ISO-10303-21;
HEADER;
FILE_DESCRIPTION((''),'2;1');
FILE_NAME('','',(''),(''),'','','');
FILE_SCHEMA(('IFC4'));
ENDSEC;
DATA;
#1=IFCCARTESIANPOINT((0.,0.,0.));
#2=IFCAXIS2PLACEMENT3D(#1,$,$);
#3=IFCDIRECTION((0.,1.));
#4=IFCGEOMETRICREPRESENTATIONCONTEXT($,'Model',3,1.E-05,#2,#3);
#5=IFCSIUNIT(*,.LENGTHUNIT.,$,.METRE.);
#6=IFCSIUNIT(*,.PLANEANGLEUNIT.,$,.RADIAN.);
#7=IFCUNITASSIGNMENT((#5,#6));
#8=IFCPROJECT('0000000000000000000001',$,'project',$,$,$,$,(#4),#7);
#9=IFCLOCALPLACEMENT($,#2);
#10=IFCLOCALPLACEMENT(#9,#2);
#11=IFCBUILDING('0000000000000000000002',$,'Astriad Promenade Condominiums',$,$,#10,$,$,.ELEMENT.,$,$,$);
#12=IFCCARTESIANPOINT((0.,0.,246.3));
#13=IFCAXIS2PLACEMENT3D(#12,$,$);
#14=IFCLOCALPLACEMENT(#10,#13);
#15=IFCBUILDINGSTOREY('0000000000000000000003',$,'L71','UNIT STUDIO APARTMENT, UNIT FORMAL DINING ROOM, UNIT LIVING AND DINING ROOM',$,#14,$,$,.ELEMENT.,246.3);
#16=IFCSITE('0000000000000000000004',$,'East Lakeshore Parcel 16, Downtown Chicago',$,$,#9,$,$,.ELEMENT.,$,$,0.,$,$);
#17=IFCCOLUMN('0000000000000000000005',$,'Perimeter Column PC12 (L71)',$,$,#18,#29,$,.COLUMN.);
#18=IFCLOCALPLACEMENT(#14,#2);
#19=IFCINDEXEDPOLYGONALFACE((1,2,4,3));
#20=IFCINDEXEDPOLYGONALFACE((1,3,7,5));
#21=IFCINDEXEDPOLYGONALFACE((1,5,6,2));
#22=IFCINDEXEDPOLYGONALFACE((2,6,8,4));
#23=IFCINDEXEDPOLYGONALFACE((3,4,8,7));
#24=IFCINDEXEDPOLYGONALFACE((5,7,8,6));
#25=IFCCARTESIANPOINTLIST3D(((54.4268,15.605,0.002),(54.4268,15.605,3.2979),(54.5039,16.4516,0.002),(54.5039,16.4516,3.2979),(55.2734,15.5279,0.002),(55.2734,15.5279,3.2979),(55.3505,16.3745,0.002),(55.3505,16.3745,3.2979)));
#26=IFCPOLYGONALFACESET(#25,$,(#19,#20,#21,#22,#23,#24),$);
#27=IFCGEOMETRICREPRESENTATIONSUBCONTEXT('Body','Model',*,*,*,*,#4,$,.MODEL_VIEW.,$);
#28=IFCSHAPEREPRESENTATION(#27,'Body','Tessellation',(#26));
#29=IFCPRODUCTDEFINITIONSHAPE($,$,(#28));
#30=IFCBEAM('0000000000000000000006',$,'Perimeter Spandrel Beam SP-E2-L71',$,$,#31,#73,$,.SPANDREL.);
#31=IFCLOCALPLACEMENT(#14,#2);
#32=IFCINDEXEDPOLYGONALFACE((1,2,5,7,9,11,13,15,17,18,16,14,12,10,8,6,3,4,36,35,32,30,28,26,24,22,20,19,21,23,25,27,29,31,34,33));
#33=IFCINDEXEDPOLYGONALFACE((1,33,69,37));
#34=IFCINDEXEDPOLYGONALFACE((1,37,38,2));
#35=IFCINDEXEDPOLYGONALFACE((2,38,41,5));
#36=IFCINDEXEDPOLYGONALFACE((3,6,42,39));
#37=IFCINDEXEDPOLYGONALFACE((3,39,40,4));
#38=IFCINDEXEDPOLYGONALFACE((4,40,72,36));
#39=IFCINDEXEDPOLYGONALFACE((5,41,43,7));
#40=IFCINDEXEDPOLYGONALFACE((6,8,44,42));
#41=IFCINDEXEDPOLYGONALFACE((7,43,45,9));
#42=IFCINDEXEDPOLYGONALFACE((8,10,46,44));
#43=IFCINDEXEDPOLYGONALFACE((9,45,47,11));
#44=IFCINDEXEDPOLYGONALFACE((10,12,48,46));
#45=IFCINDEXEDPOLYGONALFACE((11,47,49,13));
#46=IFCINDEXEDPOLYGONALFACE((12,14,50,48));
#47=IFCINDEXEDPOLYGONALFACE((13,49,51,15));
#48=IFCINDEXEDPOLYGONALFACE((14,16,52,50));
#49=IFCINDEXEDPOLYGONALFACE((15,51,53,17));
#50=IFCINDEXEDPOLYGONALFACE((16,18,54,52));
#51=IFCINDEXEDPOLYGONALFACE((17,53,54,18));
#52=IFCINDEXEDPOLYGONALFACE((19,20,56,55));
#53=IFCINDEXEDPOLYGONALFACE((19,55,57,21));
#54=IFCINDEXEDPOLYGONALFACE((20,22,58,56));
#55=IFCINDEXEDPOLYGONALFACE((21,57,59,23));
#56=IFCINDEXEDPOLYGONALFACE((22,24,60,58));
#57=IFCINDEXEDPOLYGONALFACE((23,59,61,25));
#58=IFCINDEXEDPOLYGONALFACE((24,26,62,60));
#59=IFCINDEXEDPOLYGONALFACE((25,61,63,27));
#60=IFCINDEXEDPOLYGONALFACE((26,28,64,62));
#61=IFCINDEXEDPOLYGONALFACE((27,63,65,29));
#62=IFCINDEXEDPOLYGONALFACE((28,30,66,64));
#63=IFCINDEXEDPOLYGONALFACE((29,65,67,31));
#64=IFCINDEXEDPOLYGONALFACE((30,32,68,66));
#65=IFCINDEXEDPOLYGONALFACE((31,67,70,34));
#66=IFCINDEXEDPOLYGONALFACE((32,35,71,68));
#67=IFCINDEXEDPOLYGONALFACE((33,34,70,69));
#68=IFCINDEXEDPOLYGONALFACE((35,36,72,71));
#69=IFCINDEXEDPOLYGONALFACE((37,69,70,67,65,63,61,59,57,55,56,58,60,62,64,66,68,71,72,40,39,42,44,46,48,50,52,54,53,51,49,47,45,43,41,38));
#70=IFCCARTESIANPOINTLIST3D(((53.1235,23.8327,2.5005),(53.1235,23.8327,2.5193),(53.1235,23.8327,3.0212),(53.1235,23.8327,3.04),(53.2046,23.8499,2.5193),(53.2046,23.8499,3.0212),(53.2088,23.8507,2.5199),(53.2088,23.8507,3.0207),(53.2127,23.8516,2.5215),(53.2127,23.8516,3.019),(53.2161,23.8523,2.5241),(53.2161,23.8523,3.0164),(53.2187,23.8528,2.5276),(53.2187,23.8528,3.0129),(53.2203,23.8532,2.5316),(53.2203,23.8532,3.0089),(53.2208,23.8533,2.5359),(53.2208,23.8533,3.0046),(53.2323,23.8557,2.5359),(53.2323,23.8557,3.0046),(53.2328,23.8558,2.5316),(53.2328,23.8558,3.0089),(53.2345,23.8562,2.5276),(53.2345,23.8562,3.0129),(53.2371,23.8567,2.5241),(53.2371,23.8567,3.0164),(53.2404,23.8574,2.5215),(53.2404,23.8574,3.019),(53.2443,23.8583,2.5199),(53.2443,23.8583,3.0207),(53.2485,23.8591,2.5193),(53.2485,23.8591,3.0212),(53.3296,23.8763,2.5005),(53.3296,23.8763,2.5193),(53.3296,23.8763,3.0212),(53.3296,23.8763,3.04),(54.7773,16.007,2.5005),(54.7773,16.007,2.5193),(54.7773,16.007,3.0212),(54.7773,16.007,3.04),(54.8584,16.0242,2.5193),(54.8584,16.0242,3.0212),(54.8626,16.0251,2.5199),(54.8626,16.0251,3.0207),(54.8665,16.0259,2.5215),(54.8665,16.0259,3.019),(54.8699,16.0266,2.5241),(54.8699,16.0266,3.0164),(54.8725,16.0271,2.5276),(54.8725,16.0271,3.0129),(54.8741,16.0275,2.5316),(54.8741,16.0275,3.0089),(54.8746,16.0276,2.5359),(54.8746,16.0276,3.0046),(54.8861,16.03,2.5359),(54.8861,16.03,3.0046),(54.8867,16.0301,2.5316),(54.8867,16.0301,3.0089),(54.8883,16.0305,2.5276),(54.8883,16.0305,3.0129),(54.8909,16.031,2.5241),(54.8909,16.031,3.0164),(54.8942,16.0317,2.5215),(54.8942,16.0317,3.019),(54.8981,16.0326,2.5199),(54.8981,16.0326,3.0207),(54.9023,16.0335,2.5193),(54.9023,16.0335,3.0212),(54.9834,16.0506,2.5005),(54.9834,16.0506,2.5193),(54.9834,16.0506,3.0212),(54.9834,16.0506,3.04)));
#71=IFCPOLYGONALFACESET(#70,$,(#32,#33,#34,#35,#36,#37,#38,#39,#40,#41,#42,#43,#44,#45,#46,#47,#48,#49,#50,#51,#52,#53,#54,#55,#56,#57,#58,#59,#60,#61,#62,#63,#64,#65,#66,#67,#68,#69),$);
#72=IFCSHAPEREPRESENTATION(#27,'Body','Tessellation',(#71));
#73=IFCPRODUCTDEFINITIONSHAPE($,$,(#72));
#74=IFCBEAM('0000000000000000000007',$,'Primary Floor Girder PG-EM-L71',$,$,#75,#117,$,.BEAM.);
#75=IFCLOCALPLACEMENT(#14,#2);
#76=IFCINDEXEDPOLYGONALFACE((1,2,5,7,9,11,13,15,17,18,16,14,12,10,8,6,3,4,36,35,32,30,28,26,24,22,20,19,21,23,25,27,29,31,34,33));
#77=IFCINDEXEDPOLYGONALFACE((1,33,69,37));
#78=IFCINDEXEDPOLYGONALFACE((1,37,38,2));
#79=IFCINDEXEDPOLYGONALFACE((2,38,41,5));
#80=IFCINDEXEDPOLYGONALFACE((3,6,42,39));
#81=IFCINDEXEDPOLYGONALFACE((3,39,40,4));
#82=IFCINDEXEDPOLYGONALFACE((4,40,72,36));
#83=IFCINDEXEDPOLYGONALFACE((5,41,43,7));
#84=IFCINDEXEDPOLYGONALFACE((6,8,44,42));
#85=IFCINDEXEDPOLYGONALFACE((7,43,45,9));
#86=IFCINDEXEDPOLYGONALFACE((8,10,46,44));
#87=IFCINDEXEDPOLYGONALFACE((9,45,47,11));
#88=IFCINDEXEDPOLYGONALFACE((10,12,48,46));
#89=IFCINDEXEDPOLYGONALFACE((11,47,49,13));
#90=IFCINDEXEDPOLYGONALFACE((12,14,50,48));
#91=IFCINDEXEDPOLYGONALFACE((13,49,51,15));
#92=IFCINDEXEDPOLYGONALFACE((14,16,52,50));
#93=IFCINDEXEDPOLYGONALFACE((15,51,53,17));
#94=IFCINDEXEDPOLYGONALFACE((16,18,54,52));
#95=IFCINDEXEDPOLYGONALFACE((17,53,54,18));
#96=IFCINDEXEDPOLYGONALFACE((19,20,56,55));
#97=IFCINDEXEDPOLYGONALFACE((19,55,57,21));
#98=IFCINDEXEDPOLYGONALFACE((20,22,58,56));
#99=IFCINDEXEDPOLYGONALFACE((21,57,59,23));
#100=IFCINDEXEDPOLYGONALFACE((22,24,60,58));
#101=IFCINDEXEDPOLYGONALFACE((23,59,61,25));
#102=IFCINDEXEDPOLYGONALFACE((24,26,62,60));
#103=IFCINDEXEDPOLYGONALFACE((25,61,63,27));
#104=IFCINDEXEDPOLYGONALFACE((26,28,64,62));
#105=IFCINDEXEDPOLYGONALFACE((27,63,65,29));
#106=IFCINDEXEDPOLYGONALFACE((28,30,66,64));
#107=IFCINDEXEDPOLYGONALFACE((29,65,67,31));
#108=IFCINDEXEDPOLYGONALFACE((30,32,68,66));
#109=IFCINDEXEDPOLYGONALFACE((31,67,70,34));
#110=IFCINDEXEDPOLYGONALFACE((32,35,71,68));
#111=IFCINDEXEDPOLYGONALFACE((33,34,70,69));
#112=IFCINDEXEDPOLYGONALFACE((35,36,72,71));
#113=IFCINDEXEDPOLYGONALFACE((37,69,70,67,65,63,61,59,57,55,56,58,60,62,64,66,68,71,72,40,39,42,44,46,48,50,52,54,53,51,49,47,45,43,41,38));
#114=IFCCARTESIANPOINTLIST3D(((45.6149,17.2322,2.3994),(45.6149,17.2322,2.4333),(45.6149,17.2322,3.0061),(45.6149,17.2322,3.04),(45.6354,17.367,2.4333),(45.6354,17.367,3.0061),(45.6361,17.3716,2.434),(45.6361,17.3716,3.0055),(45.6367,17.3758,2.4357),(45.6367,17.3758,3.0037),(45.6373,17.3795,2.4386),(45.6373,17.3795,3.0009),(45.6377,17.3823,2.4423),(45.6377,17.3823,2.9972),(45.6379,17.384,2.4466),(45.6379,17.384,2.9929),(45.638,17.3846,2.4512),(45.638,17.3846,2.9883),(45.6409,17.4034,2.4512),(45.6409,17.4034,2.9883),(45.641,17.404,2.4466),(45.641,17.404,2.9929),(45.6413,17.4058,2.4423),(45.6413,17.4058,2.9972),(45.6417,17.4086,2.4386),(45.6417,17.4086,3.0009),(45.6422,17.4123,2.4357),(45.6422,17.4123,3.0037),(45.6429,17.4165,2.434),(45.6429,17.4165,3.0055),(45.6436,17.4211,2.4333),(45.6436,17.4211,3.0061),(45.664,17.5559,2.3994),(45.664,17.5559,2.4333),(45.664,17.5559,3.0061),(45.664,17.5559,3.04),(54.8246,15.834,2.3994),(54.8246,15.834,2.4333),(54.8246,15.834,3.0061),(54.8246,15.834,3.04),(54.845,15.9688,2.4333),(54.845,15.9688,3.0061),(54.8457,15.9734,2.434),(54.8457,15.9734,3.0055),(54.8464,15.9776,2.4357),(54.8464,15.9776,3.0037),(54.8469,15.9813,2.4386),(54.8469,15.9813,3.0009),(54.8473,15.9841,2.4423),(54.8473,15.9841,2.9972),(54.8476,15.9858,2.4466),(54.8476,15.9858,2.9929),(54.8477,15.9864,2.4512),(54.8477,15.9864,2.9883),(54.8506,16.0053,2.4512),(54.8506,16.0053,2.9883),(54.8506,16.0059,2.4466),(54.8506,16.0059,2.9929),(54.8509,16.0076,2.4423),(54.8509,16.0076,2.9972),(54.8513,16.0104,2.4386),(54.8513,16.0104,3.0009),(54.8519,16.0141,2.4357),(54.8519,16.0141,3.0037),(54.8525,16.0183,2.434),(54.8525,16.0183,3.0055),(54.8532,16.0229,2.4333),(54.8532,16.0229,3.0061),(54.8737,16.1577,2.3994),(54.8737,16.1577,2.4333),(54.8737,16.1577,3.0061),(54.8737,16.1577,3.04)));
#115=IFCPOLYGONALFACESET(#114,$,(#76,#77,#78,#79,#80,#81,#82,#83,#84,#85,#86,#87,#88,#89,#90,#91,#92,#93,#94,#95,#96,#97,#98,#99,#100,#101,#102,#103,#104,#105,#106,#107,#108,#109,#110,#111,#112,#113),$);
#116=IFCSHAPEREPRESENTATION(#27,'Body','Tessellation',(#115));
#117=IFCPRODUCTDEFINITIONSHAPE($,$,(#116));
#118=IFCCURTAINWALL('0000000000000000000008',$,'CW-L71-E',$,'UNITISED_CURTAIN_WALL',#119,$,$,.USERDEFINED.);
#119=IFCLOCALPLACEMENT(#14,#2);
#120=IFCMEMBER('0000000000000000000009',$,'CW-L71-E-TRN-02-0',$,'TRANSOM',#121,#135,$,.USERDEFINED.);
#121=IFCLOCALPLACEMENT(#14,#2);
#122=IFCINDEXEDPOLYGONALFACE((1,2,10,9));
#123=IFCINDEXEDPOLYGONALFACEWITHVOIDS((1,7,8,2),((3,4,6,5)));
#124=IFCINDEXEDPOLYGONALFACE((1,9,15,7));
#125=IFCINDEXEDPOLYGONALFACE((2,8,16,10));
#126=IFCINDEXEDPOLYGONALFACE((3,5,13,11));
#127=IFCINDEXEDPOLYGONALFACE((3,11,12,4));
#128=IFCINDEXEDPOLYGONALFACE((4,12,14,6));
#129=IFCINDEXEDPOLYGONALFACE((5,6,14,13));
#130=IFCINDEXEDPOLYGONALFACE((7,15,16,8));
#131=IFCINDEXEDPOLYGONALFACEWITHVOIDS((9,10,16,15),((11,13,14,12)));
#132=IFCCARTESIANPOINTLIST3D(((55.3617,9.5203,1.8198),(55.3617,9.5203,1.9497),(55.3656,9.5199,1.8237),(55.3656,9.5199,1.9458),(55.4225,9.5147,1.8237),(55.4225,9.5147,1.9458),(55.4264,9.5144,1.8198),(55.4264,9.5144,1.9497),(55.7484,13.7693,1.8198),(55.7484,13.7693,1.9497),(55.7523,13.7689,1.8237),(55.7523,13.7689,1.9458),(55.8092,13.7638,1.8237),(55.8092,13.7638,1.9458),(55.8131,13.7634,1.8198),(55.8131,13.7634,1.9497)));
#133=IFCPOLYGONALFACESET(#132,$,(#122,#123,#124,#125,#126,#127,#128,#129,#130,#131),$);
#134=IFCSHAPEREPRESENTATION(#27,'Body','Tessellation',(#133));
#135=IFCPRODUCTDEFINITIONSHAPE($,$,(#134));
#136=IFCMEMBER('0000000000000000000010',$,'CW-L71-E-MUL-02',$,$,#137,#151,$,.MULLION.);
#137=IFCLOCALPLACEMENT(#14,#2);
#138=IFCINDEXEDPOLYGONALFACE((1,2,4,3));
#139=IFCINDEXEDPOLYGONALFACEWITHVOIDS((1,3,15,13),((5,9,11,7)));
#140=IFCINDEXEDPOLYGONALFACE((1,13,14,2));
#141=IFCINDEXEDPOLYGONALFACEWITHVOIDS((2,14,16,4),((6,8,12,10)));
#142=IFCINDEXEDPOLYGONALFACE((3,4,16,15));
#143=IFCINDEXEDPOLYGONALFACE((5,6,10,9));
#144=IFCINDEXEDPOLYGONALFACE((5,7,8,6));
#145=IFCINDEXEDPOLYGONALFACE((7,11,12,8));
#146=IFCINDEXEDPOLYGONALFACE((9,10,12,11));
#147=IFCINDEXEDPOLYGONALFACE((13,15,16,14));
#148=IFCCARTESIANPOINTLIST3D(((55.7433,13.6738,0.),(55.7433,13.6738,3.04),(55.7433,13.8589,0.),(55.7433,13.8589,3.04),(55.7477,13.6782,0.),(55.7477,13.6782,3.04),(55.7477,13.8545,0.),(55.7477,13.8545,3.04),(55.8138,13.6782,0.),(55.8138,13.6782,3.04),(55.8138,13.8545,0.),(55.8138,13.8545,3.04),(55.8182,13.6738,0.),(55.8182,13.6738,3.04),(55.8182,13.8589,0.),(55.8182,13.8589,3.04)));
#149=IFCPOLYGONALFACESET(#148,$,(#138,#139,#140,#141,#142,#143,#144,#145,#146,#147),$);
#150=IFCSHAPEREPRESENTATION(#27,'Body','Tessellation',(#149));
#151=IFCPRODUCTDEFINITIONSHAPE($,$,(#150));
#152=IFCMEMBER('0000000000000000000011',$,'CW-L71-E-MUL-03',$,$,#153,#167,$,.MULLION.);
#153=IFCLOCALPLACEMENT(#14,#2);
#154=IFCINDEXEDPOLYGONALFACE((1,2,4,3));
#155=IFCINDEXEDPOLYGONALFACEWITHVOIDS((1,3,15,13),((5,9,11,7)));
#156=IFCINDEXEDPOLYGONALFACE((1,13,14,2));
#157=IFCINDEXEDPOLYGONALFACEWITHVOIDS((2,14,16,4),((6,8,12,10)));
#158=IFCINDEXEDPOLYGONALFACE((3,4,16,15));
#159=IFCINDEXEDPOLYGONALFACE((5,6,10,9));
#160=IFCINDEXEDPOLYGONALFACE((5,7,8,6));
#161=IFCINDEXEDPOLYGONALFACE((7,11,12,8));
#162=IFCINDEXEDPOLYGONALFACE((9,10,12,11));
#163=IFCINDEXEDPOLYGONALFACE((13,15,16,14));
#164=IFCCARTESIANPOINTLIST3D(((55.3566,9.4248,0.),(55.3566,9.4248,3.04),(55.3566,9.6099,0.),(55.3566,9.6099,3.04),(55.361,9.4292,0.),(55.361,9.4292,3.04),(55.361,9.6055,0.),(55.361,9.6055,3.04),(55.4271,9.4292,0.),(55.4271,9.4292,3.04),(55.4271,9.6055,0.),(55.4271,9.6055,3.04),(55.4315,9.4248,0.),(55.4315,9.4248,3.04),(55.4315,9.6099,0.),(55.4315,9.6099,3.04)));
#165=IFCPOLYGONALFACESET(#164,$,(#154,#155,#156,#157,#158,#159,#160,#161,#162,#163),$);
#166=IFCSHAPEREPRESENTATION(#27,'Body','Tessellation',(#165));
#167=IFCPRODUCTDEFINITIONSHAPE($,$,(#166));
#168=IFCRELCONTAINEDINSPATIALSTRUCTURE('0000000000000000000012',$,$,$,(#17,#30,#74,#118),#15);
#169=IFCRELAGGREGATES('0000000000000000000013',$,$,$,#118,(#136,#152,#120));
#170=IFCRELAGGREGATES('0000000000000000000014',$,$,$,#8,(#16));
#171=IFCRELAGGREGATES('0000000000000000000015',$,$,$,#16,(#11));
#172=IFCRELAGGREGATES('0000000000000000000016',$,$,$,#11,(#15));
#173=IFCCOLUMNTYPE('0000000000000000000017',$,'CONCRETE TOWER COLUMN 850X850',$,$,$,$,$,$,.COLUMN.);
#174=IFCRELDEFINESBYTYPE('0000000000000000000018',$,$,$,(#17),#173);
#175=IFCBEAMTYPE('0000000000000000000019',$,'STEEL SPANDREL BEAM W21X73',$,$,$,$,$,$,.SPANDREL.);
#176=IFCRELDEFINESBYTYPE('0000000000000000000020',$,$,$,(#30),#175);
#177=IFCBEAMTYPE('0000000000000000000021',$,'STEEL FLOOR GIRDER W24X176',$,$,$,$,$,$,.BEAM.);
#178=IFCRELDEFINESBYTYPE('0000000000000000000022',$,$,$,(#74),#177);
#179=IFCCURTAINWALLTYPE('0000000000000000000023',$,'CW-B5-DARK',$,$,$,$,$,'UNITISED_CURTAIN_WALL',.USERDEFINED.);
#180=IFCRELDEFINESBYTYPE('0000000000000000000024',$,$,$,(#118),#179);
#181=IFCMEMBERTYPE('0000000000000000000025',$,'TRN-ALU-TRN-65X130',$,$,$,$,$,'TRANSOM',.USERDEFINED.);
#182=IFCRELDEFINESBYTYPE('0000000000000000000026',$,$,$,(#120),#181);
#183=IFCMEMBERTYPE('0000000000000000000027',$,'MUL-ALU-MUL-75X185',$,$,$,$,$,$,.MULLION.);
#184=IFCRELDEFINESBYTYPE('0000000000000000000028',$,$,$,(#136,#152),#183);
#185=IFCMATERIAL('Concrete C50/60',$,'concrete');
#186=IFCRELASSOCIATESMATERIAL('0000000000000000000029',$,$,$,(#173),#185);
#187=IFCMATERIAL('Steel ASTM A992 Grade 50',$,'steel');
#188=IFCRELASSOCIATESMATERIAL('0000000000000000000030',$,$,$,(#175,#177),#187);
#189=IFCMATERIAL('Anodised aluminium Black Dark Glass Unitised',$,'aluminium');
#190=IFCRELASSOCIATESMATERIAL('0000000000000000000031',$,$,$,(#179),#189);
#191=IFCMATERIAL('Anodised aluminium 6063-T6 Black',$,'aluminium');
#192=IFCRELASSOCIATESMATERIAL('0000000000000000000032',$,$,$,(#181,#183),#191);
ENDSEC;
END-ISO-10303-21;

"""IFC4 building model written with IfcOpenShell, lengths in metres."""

from ifc_helpers import new_model, si_unit, direction, frame, origin, origin_2d, place, context, subcontext, project, spatial, rectangle, hollow_rectangle, i_section, extrude, source, transform, mapped, material, material_profile, profile_set, type_object, type_shapes, element, aggregate, save


model = new_model("IFC4")

# Units and contexts
model_context = context("Model", 3, precision=1e-05, world=origin(), true_north=direction((0.0, 1.0)))
body_context = subcontext(model_context, "Body", "Model", "MODEL_VIEW")
ifc_project = project(units=[si_unit("LENGTHUNIT", "METRE"), si_unit("PLANEANGLEUNIT", "RADIAN")], contexts=[model_context])

# Site, building, storey
site_placement = place(None, origin())
site = spatial("IfcSite", under=ifc_project, at=site_placement, Name="East Lakeshore Parcel 16, Downtown Chicago", CompositionType="ELEMENT", RefElevation=0.0)
building_placement = place(site_placement, origin())
building = spatial("IfcBuilding", under=site, at=building_placement, Name="Astriad Promenade Condominiums", CompositionType="ELEMENT")
storey_placement = place(building_placement, frame((0.0, 0.0, 246.3)))
storey = spatial("IfcBuildingStorey", under=building, at=storey_placement, Name="L71", Description="UNIT STUDIO APARTMENT, UNIT FORMAL DINING ROOM, UNIT LIVING AND DINING ROOM", CompositionType="ELEMENT", Elevation=246.3)

# Column
ifc_material_1 = material(Name="Concrete C50/60", Category="concrete")
ifc_material_profile_1 = material_profile(ifc_material_1, rectangle(XDim=0.8501, YDim=0.8501, at=origin_2d()), Name="RC-COL-850X850")
ifc_profile_set_1 = profile_set([ifc_material_profile_1], Name="Concrete C50/60")
column_type = type_object("IfcColumnType", Name="CONCRETE TOWER COLUMN 850X850", PredefinedType="COLUMN", material=ifc_profile_set_1)
shared_shape_1 = source(origin(), body_context, "Body", "SweptSolid", [
    extrude(rectangle(XDim=0.8501, YDim=0.8501, at=origin_2d()), origin(), (0.0, 0.0, 1.0), 3.2959),
])
type_shapes(column_type, [shared_shape_1])
column_placement = place(storey_placement, frame((54.8887, 15.9897, 0.002), z_axis=(0.0, 0.0, 1.0), x_axis=(0.995884, -0.090633, 0.0)))
element("IfcColumn", 1, at=column_placement, inside=storey, type_object=column_type, Name="Perimeter Column PC12 (L71)", PredefinedType="COLUMN", context=body_context, shape_type="MappedRepresentation", body=[
    mapped(shared_shape_1, transform((0.0, 0.0, 0.0), scale=1.0)),
])

# Beams
ifc_material_2 = material(Name="Steel ASTM A992 Grade 50", Category="steel")
ifc_material_profile_2 = material_profile(ifc_material_2, i_section(OverallWidth=0.2107, OverallDepth=0.5396, WebThickness=0.0117, FlangeThickness=0.0188, FilletRadius=0.0166, at=origin_2d()), Name="W21X73")
ifc_profile_set_2 = profile_set([ifc_material_profile_2], Name="Steel ASTM A992 Grade 50")
beam_type_1 = type_object("IfcBeamType", Name="STEEL SPANDREL BEAM W21X73", PredefinedType="SPANDREL", material=ifc_profile_set_2)
shared_shape_2 = source(origin(), body_context, "Body", "SweptSolid", [
    extrude(i_section(OverallWidth=0.2107, OverallDepth=0.5396, WebThickness=0.0117, FlangeThickness=0.0188, FilletRadius=0.0166, at=origin_2d()), origin(), (0.0, 0.0, 1.0), 7.9985),
])
type_shapes(beam_type_1, [shared_shape_2])
beam_1_placement = place(storey_placement, frame((54.8804, 16.0288, 2.7703), z_axis=(-0.206764, 0.978391, 0.0), x_axis=(-0.978391, -0.206764, 0.0)))
element("IfcBeam", 2, at=beam_1_placement, inside=storey, type_object=beam_type_1, Name="Perimeter Spandrel Beam SP-E2-L71", PredefinedType="SPANDREL", context=body_context, shape_type="MappedRepresentation", body=[
    mapped(shared_shape_2, transform((0.0, 0.0, 0.0), scale=1.0)),
])
ifc_material_profile_3 = material_profile(ifc_material_2, i_section(OverallWidth=0.3274, OverallDepth=0.6406, WebThickness=0.019, FlangeThickness=0.0339, FilletRadius=0.0178, at=origin_2d()), Name="W24X176")
ifc_profile_set_3 = profile_set([ifc_material_profile_3], Name="Steel ASTM A992 Grade 50")
beam_type_2 = type_object("IfcBeamType", Name="STEEL FLOOR GIRDER W24X176", PredefinedType="BEAM", material=ifc_profile_set_3)
shared_shape_3 = source(origin(), body_context, "Body", "SweptSolid", [
    extrude(i_section(OverallWidth=0.3274, OverallDepth=0.6406, WebThickness=0.019, FlangeThickness=0.0339, FilletRadius=0.0178, at=origin_2d()), origin(), (0.0, 0.0, 1.0), 9.3152),
])
type_shapes(beam_type_2, [shared_shape_3])
beam_2_placement = place(storey_placement, frame((54.8491, 15.9958, 2.7197), z_axis=(-0.988671, 0.150097, 0.0), x_axis=(-0.150097, -0.988671, 0.0)))
element("IfcBeam", 3, at=beam_2_placement, inside=storey, type_object=beam_type_2, Name="Primary Floor Girder PG-EM-L71", PredefinedType="BEAM", context=body_context, shape_type="MappedRepresentation", body=[
    mapped(shared_shape_3, transform((0.0, 0.0, 0.0), scale=1.0)),
])

# Curtain wall, members
ifc_material_3 = material(Name="Anodised aluminium Black Dark Glass Unitised", Category="aluminium")
curtain_wall_type = type_object("IfcCurtainWallType", Name="CW-B5-DARK", ElementType="UNITISED_CURTAIN_WALL", PredefinedType="USERDEFINED", material=ifc_material_3)
curtain_wall_placement = place(storey_placement, origin())
curtain_wall = element("IfcCurtainWall", 4, at=curtain_wall_placement, inside=storey, type_object=curtain_wall_type, Name="CW-L71-E", ObjectType="UNITISED_CURTAIN_WALL", PredefinedType="USERDEFINED")
ifc_material_4 = material(Name="Anodised aluminium 6063-T6 Black", Category="aluminium")
ifc_material_profile_4 = material_profile(ifc_material_4, hollow_rectangle(XDim=0.0649, YDim=0.1299, WallThickness=0.0039, at=origin_2d()), Name="ALU-TRN-65X130")
ifc_profile_set_4 = profile_set([ifc_material_profile_4], Name="Anodised aluminium 6063-T6 Black")
member_type_1 = type_object("IfcMemberType", Name="TRN-ALU-TRN-65X130", ElementType="TRANSOM", PredefinedType="USERDEFINED", material=ifc_profile_set_4)
shared_shape_4 = source(origin(), body_context, "Body", "SweptSolid", [
    extrude(hollow_rectangle(XDim=0.0649, YDim=0.1299, WallThickness=0.0039, at=origin_2d()), origin(), (0.0, 0.0, 1.0), 4.2666),
])
type_shapes(member_type_1, [shared_shape_4])
member_1_placement = place(storey_placement, frame((55.7808, 13.7664, 1.8848), z_axis=(-0.090639, -0.995884, 0.0), x_axis=(0.995884, -0.090639, 0.0)))
member_1 = element("IfcMember", 5, at=member_1_placement, type_object=member_type_1, Name="CW-L71-E-TRN-02-0", ObjectType="TRANSOM", PredefinedType="USERDEFINED", context=body_context, shape_type="MappedRepresentation", body=[
    mapped(shared_shape_4, transform((0.0, 0.0, 0.0), scale=1.0)),
])
ifc_material_profile_5 = material_profile(ifc_material_4, hollow_rectangle(XDim=0.075, YDim=0.1851, WallThickness=0.0044, at=origin_2d()), Name="ALU-MUL-75X185")
ifc_profile_set_5 = profile_set([ifc_material_profile_5], Name="Anodised aluminium 6063-T6 Black")
member_type_2 = type_object("IfcMemberType", Name="MUL-ALU-MUL-75X185", PredefinedType="MULLION", material=ifc_profile_set_5)
shared_shape_5 = source(origin(), body_context, "Body", "SweptSolid", [
    extrude(hollow_rectangle(XDim=0.075, YDim=0.1851, WallThickness=0.0044, at=origin_2d()), origin(), (0.0, 0.0, 1.0), 3.04),
])
type_shapes(member_type_2, [shared_shape_5])
member_2_placement = place(storey_placement, frame((55.7808, 13.7664, 0.0), z_axis=(0.0, 0.0, 1.0), x_axis=(1.0, 0.0, 0.0)))
member_2 = element("IfcMember", 6, at=member_2_placement, type_object=member_type_2, Name="CW-L71-E-MUL-02", PredefinedType="MULLION", context=body_context, shape_type="MappedRepresentation", body=[
    mapped(shared_shape_5, transform((0.0, 0.0, 0.0), scale=1.0)),
])
member_3_placement = place(storey_placement, frame((55.394, 9.5173, 0.0), z_axis=(0.0, 0.0, 1.0), x_axis=(1.0, 0.0, 0.0)))
member_3 = element("IfcMember", 7, at=member_3_placement, type_object=member_type_2, Name="CW-L71-E-MUL-03", PredefinedType="MULLION", context=body_context, shape_type="MappedRepresentation", body=[
    mapped(shared_shape_5, transform((0.0, 0.0, 0.0), scale=1.0)),
])
aggregate(curtain_wall, [member_2, member_3, member_1])

save(model, "model.ifc")
